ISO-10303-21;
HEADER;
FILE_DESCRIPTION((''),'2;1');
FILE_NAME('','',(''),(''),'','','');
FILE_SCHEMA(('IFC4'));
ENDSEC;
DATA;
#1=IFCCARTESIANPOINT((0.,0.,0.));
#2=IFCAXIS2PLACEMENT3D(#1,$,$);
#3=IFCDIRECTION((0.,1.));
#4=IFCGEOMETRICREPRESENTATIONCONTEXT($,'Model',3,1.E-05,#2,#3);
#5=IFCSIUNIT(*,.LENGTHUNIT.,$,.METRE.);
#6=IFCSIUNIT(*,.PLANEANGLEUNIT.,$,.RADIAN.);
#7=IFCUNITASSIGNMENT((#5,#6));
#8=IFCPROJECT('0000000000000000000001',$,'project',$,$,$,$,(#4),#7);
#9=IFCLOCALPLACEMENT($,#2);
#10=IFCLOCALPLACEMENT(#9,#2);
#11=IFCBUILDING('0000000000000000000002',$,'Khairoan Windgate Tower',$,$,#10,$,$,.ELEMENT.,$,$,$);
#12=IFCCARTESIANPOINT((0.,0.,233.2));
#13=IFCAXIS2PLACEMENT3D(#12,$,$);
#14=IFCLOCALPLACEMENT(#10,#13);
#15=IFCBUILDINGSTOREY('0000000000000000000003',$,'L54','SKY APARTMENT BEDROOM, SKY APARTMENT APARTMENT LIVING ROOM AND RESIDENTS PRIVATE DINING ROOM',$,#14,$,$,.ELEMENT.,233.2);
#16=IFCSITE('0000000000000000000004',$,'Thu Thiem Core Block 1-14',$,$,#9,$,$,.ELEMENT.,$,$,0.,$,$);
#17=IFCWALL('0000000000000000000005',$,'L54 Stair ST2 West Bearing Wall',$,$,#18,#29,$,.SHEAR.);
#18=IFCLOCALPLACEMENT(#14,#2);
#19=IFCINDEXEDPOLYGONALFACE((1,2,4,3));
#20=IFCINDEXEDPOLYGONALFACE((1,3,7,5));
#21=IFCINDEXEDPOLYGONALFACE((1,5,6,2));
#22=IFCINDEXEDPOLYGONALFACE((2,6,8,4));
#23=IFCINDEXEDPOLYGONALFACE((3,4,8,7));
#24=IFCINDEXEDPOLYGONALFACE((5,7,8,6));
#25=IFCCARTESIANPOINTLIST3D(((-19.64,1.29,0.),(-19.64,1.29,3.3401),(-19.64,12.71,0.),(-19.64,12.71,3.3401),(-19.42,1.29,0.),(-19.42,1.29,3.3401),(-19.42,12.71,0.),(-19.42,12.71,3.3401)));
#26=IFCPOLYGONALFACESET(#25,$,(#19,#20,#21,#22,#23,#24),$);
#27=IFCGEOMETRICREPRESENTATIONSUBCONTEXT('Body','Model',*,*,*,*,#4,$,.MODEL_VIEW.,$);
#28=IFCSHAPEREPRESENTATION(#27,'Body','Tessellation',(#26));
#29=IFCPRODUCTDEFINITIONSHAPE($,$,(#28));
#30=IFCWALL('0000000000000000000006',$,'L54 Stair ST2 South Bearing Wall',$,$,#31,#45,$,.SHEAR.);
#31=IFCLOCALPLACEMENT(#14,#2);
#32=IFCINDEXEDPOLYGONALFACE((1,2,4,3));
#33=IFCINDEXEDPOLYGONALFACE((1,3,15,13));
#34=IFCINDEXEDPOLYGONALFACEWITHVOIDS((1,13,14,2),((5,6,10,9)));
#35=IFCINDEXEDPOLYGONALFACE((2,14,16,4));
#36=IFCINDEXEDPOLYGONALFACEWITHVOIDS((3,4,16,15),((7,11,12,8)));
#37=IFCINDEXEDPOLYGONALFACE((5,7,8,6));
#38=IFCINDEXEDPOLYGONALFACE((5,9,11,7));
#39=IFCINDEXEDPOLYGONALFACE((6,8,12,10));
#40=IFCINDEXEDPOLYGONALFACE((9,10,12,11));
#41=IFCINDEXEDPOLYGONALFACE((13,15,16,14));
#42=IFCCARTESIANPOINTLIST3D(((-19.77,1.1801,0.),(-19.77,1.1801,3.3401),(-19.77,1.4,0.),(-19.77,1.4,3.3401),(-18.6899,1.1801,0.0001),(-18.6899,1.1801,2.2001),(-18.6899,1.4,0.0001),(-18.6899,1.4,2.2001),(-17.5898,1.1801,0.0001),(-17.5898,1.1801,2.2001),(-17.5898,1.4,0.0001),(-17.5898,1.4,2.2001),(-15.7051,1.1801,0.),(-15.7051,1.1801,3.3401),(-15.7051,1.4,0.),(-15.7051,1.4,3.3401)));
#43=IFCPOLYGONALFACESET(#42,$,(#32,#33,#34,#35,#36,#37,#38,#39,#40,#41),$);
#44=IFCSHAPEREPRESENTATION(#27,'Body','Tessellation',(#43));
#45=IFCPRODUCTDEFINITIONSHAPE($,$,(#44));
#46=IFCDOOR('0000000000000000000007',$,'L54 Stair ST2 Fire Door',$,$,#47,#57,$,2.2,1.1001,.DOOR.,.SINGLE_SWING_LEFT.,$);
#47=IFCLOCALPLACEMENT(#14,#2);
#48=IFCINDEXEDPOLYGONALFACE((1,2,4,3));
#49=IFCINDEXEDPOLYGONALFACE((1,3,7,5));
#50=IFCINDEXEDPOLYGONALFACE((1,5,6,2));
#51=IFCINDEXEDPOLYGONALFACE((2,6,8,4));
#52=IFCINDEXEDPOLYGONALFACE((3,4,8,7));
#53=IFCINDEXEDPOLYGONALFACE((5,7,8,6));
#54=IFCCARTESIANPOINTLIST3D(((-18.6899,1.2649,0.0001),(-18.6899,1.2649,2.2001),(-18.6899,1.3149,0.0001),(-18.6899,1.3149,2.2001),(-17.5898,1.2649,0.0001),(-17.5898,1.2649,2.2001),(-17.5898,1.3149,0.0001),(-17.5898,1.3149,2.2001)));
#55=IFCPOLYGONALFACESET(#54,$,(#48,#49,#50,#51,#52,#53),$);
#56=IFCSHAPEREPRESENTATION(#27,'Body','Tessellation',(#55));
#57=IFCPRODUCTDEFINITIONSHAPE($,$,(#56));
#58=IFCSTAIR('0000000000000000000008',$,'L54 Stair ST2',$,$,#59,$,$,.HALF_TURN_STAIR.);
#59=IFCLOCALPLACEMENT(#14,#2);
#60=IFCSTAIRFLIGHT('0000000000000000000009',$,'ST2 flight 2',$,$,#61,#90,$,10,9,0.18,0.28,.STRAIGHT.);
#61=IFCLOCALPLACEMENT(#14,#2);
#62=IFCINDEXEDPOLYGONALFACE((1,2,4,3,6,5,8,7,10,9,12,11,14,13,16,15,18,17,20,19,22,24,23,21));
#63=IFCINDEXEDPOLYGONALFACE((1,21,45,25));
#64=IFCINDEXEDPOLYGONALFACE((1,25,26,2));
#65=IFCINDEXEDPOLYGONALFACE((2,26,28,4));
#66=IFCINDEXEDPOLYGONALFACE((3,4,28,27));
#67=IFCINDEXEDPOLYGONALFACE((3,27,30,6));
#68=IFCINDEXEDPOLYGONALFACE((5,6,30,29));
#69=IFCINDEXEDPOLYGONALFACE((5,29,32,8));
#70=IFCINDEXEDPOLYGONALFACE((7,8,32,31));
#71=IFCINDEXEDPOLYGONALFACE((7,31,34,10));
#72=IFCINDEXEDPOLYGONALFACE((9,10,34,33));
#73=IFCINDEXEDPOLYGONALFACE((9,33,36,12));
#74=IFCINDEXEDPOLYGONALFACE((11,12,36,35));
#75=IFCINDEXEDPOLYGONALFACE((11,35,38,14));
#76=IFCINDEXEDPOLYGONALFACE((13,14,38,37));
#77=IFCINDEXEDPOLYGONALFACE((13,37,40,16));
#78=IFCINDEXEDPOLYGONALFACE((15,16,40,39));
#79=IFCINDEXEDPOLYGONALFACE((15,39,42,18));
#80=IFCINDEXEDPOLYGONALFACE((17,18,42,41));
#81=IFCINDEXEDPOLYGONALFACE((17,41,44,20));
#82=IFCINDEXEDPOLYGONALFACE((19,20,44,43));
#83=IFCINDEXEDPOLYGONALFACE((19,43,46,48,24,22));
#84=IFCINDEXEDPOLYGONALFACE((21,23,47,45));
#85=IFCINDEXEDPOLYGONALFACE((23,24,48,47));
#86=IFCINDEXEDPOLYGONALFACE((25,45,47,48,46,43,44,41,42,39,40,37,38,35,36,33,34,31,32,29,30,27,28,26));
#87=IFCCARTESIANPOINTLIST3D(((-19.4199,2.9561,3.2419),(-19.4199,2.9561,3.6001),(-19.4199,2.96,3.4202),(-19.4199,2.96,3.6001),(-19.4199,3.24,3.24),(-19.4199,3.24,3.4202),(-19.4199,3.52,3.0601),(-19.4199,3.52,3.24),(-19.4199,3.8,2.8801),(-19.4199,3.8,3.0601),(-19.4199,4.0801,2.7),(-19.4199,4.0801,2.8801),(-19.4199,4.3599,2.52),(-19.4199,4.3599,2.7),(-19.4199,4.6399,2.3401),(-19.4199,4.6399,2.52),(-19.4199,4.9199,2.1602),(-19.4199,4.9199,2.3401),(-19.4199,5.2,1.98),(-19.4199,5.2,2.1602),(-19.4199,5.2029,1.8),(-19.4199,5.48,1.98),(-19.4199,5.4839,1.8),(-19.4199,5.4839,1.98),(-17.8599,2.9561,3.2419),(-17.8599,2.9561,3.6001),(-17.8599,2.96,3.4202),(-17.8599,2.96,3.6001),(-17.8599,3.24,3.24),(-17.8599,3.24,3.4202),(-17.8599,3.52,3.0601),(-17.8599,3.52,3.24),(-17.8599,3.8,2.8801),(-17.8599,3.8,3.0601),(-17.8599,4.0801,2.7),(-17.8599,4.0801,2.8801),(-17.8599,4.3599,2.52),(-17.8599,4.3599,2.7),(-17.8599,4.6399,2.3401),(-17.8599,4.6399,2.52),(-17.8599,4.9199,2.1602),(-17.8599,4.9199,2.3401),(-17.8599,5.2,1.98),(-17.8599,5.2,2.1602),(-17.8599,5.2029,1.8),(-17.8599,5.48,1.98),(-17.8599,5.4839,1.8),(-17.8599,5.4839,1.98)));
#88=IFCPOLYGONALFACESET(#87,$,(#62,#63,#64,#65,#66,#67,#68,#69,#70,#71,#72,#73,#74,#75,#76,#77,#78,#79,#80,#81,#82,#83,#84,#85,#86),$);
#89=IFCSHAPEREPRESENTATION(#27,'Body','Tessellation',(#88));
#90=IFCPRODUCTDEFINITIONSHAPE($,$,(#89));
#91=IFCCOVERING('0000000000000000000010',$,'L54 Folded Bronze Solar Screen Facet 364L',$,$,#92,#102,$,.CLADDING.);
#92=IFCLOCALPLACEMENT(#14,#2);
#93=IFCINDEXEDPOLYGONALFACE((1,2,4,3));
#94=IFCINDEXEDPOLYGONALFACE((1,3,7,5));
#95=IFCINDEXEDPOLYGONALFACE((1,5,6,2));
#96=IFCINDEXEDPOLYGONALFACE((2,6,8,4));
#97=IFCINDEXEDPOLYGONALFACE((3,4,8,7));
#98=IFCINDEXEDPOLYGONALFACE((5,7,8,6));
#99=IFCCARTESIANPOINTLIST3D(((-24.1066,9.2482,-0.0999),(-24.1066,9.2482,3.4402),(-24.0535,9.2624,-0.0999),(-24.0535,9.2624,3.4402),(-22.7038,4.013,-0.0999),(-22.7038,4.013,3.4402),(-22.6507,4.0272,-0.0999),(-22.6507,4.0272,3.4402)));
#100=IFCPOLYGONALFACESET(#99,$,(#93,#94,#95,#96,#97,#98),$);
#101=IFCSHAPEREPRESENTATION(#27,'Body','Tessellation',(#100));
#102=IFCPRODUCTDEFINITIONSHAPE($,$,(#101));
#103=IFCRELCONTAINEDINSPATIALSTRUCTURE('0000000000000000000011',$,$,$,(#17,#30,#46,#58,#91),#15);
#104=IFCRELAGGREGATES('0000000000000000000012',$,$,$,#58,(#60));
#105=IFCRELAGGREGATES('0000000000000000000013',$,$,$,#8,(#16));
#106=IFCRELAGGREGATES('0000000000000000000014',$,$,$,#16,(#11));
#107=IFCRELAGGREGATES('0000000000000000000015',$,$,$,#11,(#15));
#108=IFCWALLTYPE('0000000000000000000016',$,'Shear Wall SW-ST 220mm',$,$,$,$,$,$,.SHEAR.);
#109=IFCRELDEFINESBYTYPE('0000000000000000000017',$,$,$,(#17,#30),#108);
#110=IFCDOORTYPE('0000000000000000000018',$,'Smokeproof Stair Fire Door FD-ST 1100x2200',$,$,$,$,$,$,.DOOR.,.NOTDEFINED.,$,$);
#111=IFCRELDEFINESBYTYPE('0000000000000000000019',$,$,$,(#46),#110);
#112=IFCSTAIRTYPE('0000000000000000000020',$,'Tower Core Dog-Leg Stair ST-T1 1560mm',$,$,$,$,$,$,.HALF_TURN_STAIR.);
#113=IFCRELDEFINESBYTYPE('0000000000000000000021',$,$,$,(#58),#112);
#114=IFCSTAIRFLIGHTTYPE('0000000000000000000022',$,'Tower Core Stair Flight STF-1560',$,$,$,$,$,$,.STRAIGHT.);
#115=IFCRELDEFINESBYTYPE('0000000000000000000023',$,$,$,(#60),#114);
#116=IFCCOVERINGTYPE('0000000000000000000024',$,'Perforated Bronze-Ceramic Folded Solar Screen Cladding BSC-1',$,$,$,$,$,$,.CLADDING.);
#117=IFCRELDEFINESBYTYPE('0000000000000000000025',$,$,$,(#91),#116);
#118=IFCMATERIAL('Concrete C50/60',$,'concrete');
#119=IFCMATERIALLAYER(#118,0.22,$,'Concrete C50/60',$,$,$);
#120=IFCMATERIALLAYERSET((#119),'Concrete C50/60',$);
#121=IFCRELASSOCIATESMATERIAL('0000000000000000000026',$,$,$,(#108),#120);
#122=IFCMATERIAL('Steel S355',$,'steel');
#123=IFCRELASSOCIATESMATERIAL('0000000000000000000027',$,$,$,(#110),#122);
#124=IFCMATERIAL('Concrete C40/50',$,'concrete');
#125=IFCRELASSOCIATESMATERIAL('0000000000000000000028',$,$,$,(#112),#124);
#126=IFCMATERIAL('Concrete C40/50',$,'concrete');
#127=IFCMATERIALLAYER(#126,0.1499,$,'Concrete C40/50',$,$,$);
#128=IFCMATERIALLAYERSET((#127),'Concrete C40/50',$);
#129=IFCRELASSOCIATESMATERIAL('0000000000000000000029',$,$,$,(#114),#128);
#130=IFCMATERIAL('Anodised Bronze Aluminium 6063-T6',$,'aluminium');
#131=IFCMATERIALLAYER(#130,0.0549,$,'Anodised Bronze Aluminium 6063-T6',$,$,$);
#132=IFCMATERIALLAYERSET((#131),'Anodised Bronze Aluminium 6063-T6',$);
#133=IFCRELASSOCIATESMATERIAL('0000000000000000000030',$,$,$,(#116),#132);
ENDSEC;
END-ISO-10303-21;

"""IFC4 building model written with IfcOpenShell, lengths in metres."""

from ifc_helpers import new_model, si_unit, direction, frame, frame_2d, origin, origin_2d, place, context, subcontext, project, spatial, polyline, rectangle, outline, extrude, material, layer, layer_set, type_object, element, fill, aggregate, save


model = new_model("IFC4")

# Units and contexts
model_context = context("Model", 3, precision=1e-05, world=origin(), true_north=direction((0.0, 1.0)))
body_context = subcontext(model_context, "Body", "Model", "MODEL_VIEW")
ifc_project = project(units=[si_unit("LENGTHUNIT", "METRE"), si_unit("PLANEANGLEUNIT", "RADIAN")], contexts=[model_context])

# Site, building, storey
site_placement = place(None, origin())
site = spatial("IfcSite", under=ifc_project, at=site_placement, Name="Thu Thiem Core Block 1-14", CompositionType="ELEMENT", RefElevation=0.0)
building_placement = place(site_placement, origin())
building = spatial("IfcBuilding", under=site, at=building_placement, Name="Khairoan Windgate Tower", CompositionType="ELEMENT")
storey_placement = place(building_placement, frame((0.0, 0.0, 233.2)))
storey = spatial("IfcBuildingStorey", under=building, at=storey_placement, Name="L54", Description="SKY APARTMENT BEDROOM, SKY APARTMENT APARTMENT LIVING ROOM AND RESIDENTS PRIVATE DINING ROOM", CompositionType="ELEMENT", Elevation=233.2)

# Wall
ifc_material_1 = material(Name="Concrete C50/60", Category="concrete")
ifc_layer_1 = layer(ifc_material_1, 0.22, Name="Concrete C50/60")
ifc_layer_set_1 = layer_set([ifc_layer_1], Name="Concrete C50/60")
wall_type_1 = type_object("IfcWallType", Name="Shear Wall SW-ST 220mm", PredefinedType="SHEAR", material=ifc_layer_set_1)
wall_1_placement = place(storey_placement, frame((-19.53, 1.29, 0.0), z_axis=(0.0, 0.0, 1.0), x_axis=(0.0, 1.0, 0.0)))
element("IfcWall", 1, at=wall_1_placement, inside=storey, type_object=wall_type_1, Name="L54 Stair ST2 West Bearing Wall", PredefinedType="SHEAR", context=body_context, shape_type="SweptSolid", body=[
    extrude(rectangle(XDim=11.4199, YDim=0.22, at=frame_2d((5.71, 0.0))), origin(), (0.0, 0.0, 1.0), 3.3401),
])

# Wall, opening, door
wall_2_placement = place(storey_placement, frame((-19.77, 1.29, 0.0), z_axis=(0.0, 0.0, 1.0), x_axis=(1.0, 0.0, 0.0)))
wall_2 = element("IfcWall", 2, at=wall_2_placement, inside=storey, type_object=wall_type_1, Name="L54 Stair ST2 South Bearing Wall", PredefinedType="SHEAR", context=body_context, shape_type="SweptSolid", body=[
    extrude(rectangle(XDim=4.0649, YDim=0.22, at=frame_2d((2.0325, 0.0))), origin(), (0.0, 0.0, 1.0), 3.3401),
])
opening_1_placement = place(wall_2_placement, frame((1.0801, 0.0, 0.0)))
opening_1 = element("IfcOpeningElement", 3, at=opening_1_placement, cuts=wall_2, PredefinedType="OPENING", context=body_context, shape_type="SweptSolid", body=[
    extrude(rectangle(XDim=1.1001, YDim=2.2, at=frame_2d((0.55, 1.1001))), frame((0.0, 0.1199, 0.0), z_axis=(0.0, -1.0, 0.0), x_axis=(1.0, 0.0, 0.0)), (0.0, 0.0, 1.0), 0.24),
])
ifc_material_2 = material(Name="Steel S355", Category="steel")
door_type_1 = type_object("IfcDoorType", Name="Smokeproof Stair Fire Door FD-ST 1100x2200", OperationType="NOTDEFINED", PredefinedType="DOOR", material=ifc_material_2)
door_1_placement = place(opening_1_placement, origin())
door_1 = element("IfcDoor", 4, at=door_1_placement, inside=storey, type_object=door_type_1, Name="L54 Stair ST2 Fire Door", OperationType="SINGLE_SWING_LEFT", OverallHeight=2.2, OverallWidth=1.1001, PredefinedType="DOOR", context=body_context, shape_type="SweptSolid", body=[
    extrude(rectangle(XDim=1.1001, YDim=2.2, at=frame_2d((0.55, 1.1001))), frame((0.0, 0.0249, 0.0), z_axis=(0.0, -1.0, 0.0), x_axis=(1.0, 0.0, 0.0)), (0.0, 0.0, 1.0), 0.05),
])
fill(opening_1, door_1)

# Stair, stair flight
ifc_material_3 = material(Name="Concrete C40/50", Category="concrete")
stair_type = type_object("IfcStairType", Name="Tower Core Dog-Leg Stair ST-T1 1560mm", PredefinedType="HALF_TURN_STAIR", material=ifc_material_3)
stair_placement = place(storey_placement, origin())
stair = element("IfcStair", 5, at=stair_placement, inside=storey, type_object=stair_type, Name="L54 Stair ST2", PredefinedType="HALF_TURN_STAIR")
ifc_material_4 = material(Name="Concrete C40/50", Category="concrete")
ifc_layer_2 = layer(ifc_material_4, 0.1499, Name="Concrete C40/50")
ifc_layer_set_2 = layer_set([ifc_layer_2], Name="Concrete C40/50")
stair_flight_type = type_object("IfcStairFlightType", Name="Tower Core Stair Flight STF-1560", PredefinedType="STRAIGHT", material=ifc_layer_set_2)
stair_flight_placement = place(storey_placement, frame((-18.6399, 5.48, 1.8), z_axis=(0.0, 0.0, 1.0), x_axis=(0.0, -1.0, 0.0)))
stair_flight = element("IfcStairFlight", 6, at=stair_flight_placement, type_object=stair_flight_type, Name="ST2 flight 2", NumberOfRisers=10, NumberOfTreads=9, PredefinedType="STRAIGHT", RiserHeight=0.18, TreadLength=0.28, context=body_context, shape_type="SweptSolid", body=[
    extrude(outline(polyline([(-0.0039, 0.0), (-0.0039, 0.1799), (0.0, 0.1799), (0.28, 0.1799), (0.28, 0.3601), (0.5601, 0.3601), (0.5601, 0.54), (0.8401, 0.54), (0.8401, 0.72), (1.1201, 0.72), (1.1201, 0.8999), (1.3999, 0.8999), (1.3999, 1.0801), (1.6799, 1.0801), (1.6799, 1.26), (1.96, 1.26), (1.96, 1.4399), (2.24, 1.4399), (2.24, 1.6201), (2.52, 1.6201), (2.52, 1.8), (2.5239, 1.8), (2.5239, 1.4419), (0.2771, 0.0), (-0.0039, 0.0)])), frame((0.0, 0.78, 0.0), z_axis=(0.0, -1.0, 0.0), x_axis=(1.0, 0.0, 0.0)), (0.0, 0.0, 1.0), 1.5601),
])
aggregate(stair, [stair_flight])

# Covering
ifc_material_5 = material(Name="Anodised Bronze Aluminium 6063-T6", Category="aluminium")
ifc_layer_3 = layer(ifc_material_5, 0.0549, Name="Anodised Bronze Aluminium 6063-T6")
ifc_layer_set_3 = layer_set([ifc_layer_3], Name="Anodised Bronze Aluminium 6063-T6")
covering_type = type_object("IfcCoveringType", Name="Perforated Bronze-Ceramic Folded Solar Screen Cladding BSC-1", PredefinedType="CLADDING", material=ifc_layer_set_3)
covering_placement = place(storey_placement, frame((-23.3787, 6.6377, -0.0999), z_axis=(0.0, 0.0, 1.0), x_axis=(-0.258819, 0.965926, 0.0)))
element("IfcCovering", 7, at=covering_placement, inside=storey, type_object=covering_type, Name="L54 Folded Bronze Solar Screen Facet 364L", PredefinedType="CLADDING", context=body_context, shape_type="SweptSolid", body=[
    extrude(rectangle(XDim=5.4199, YDim=0.0549, at=origin_2d()), origin(), (0.0, 0.0, 1.0), 3.54),
])

save(model, "model.ifc")
